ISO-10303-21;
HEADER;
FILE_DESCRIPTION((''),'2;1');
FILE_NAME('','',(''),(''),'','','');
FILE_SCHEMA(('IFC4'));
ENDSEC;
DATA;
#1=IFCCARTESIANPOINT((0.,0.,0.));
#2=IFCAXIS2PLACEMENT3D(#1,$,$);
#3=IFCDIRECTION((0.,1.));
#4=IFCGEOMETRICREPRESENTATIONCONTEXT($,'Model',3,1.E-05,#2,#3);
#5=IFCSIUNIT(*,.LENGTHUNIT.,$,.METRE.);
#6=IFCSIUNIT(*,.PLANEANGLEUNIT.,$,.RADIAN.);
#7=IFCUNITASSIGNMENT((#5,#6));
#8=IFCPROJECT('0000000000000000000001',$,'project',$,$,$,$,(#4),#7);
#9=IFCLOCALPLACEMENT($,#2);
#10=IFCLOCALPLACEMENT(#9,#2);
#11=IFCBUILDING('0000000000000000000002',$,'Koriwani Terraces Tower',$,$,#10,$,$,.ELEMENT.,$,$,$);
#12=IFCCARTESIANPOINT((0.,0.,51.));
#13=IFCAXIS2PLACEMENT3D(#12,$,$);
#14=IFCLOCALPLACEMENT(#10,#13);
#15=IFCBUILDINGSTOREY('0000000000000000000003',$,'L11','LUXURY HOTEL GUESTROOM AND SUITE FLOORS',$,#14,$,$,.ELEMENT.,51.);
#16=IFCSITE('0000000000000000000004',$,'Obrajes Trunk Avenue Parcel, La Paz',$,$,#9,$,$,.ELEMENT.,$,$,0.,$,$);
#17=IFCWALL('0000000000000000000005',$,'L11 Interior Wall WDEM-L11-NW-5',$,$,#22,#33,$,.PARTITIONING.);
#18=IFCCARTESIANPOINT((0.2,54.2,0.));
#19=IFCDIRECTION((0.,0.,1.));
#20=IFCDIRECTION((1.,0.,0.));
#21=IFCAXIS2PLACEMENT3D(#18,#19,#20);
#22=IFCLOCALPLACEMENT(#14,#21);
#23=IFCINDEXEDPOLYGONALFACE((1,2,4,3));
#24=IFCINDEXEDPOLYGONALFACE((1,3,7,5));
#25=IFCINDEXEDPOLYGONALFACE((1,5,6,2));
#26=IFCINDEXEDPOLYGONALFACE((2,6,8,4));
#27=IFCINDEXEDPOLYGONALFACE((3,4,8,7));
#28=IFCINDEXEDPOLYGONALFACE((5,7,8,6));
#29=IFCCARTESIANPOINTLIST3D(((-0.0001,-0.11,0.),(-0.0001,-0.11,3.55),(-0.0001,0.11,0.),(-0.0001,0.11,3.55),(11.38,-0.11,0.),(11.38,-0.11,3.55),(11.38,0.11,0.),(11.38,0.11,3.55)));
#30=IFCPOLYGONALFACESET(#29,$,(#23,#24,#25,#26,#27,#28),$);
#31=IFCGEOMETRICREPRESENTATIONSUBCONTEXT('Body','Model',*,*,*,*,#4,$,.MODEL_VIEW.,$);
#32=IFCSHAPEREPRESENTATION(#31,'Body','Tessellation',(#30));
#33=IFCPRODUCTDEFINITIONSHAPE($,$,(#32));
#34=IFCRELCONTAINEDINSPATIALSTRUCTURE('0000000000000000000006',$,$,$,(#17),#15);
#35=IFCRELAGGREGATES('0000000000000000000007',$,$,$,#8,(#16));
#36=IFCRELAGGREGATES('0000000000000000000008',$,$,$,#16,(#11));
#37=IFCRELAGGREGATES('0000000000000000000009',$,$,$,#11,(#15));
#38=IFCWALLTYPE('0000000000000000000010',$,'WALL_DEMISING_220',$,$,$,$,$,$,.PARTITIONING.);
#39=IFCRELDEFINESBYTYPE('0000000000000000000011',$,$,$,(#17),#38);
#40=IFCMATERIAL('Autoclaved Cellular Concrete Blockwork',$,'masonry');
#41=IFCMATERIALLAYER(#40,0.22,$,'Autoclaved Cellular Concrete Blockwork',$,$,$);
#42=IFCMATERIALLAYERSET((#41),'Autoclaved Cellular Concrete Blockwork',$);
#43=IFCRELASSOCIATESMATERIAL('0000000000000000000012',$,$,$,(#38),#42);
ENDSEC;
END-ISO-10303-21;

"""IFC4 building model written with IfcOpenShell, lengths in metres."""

from ifc_helpers import new_model, si_unit, direction, frame, frame_2d, origin, place, context, subcontext, project, spatial, rectangle, extrude, material, layer, layer_set, type_object, element, save


model = new_model("IFC4")

# Units and contexts
model_context = context("Model", 3, precision=1e-05, world=origin(), true_north=direction((0.0, 1.0)))
body_context = subcontext(model_context, "Body", "Model", "MODEL_VIEW")
ifc_project = project(units=[si_unit("LENGTHUNIT", "METRE"), si_unit("PLANEANGLEUNIT", "RADIAN")], contexts=[model_context])

# Site, building, storey
site_placement = place(None, origin())
site = spatial("IfcSite", under=ifc_project, at=site_placement, Name="Obrajes Trunk Avenue Parcel, La Paz", CompositionType="ELEMENT", RefElevation=0.0)
building_placement = place(site_placement, origin())
building = spatial("IfcBuilding", under=site, at=building_placement, Name="Koriwani Terraces Tower", CompositionType="ELEMENT")
storey_placement = place(building_placement, frame((0.0, 0.0, 51.0)))
storey = spatial("IfcBuildingStorey", under=building, at=storey_placement, Name="L11", Description="LUXURY HOTEL GUESTROOM AND SUITE FLOORS", CompositionType="ELEMENT", Elevation=51.0)

# Wall
ifc_material_1 = material(Name="Autoclaved Cellular Concrete Blockwork", Category="masonry")
ifc_layer_1 = layer(ifc_material_1, 0.22, Name="Autoclaved Cellular Concrete Blockwork")
ifc_layer_set_1 = layer_set([ifc_layer_1], Name="Autoclaved Cellular Concrete Blockwork")
wall_type_1 = type_object("IfcWallType", Name="WALL_DEMISING_220", PredefinedType="PARTITIONING", material=ifc_layer_set_1)
wall_1_placement = place(storey_placement, frame((0.2, 54.2, 0.0), z_axis=(0.0, 0.0, 1.0), x_axis=(1.0, 0.0, 0.0)))
element("IfcWall", 1, at=wall_1_placement, inside=storey, type_object=wall_type_1, Name="L11 Interior Wall WDEM-L11-NW-5", PredefinedType="PARTITIONING", context=body_context, shape_type="SweptSolid", body=[
    extrude(rectangle(XDim=11.3801, YDim=0.22, at=frame_2d((5.6899, 0.0))), origin(), (0.0, 0.0, 1.0), 3.55),
])

save(model, "model.ifc")
